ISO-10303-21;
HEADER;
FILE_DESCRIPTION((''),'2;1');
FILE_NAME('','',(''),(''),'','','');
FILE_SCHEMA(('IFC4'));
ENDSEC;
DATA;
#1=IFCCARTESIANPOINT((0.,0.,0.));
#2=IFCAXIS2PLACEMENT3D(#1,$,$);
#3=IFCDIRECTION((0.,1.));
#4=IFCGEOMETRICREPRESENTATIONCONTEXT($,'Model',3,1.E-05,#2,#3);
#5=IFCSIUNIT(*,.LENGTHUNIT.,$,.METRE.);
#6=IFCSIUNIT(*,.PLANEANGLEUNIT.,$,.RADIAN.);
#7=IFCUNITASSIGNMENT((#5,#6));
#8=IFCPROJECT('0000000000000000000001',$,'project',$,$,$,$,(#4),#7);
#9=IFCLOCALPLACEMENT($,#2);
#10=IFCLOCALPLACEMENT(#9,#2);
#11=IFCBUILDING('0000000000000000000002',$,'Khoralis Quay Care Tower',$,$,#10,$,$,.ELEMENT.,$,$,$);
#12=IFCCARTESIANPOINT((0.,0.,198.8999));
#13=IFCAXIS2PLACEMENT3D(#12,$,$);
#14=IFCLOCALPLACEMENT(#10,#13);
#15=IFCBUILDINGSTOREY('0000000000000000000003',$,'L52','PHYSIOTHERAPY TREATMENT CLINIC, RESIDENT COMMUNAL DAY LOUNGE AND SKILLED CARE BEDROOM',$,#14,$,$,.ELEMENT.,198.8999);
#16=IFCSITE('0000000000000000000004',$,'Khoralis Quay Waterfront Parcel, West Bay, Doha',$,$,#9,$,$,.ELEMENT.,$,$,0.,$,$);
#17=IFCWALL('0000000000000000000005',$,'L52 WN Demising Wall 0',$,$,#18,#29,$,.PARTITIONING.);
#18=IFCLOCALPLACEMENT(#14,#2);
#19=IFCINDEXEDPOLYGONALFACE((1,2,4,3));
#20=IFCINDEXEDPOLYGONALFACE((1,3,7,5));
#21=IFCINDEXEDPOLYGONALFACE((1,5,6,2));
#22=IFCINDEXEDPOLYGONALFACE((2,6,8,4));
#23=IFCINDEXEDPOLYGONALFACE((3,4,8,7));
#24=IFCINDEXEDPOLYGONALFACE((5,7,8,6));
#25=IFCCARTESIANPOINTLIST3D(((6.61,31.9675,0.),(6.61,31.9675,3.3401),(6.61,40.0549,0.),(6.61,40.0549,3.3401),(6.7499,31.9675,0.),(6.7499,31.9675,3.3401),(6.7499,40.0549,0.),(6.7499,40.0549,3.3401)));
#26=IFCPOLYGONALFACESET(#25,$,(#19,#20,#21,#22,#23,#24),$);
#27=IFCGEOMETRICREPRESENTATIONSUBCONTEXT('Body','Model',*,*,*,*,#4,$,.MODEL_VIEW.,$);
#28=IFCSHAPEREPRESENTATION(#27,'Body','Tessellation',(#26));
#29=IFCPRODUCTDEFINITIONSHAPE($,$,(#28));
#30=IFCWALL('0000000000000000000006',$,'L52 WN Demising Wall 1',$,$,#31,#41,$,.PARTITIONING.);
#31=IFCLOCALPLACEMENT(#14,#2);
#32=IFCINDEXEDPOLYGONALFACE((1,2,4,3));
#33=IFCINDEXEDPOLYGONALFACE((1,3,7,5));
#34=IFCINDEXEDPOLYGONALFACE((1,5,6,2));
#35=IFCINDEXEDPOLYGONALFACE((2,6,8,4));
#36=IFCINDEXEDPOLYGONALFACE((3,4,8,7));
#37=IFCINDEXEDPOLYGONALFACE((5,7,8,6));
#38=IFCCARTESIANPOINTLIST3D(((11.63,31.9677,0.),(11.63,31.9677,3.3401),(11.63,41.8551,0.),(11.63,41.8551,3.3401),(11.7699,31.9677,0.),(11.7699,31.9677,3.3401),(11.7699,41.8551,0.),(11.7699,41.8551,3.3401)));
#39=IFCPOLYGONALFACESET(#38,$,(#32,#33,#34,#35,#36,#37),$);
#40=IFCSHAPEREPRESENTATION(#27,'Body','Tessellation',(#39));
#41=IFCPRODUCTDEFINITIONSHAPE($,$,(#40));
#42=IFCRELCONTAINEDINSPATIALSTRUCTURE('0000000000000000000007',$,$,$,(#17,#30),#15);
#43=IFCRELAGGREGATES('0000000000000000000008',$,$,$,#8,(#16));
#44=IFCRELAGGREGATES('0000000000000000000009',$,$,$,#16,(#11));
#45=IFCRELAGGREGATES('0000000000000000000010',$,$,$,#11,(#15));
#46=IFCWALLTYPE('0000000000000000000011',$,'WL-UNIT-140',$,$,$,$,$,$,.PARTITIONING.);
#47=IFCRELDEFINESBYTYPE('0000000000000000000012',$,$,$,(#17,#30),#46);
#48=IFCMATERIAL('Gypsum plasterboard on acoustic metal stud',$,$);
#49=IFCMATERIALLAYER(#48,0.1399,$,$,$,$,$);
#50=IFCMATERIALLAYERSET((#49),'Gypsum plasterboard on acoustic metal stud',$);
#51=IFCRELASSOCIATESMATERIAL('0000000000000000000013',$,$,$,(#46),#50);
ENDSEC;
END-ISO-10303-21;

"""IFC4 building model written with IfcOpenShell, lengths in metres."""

from ifc_helpers import new_model, si_unit, direction, frame, frame_2d, origin, place, context, subcontext, project, spatial, rectangle, extrude, material, layer, layer_set, type_object, element, save


model = new_model("IFC4")

# Units and contexts
model_context = context("Model", 3, precision=1e-05, world=origin(), true_north=direction((0.0, 1.0)))
body_context = subcontext(model_context, "Body", "Model", "MODEL_VIEW")
ifc_project = project(units=[si_unit("LENGTHUNIT", "METRE"), si_unit("PLANEANGLEUNIT", "RADIAN")], contexts=[model_context])

# Site, building, storey
site_placement = place(None, origin())
site = spatial("IfcSite", under=ifc_project, at=site_placement, Name="Khoralis Quay Waterfront Parcel, West Bay, Doha", CompositionType="ELEMENT", RefElevation=0.0)
building_placement = place(site_placement, origin())
building = spatial("IfcBuilding", under=site, at=building_placement, Name="Khoralis Quay Care Tower", CompositionType="ELEMENT")
storey_placement = place(building_placement, frame((0.0, 0.0, 198.8999)))
storey = spatial("IfcBuildingStorey", under=building, at=storey_placement, Name="L52", Description="PHYSIOTHERAPY TREATMENT CLINIC, RESIDENT COMMUNAL DAY LOUNGE AND SKILLED CARE BEDROOM", CompositionType="ELEMENT", Elevation=198.8999)

# Shared definitions
ifc_material_1 = material(Name="Gypsum plasterboard on acoustic metal stud")

# Walls
ifc_layer_1 = layer(ifc_material_1, 0.1399)
ifc_layer_set_1 = layer_set([ifc_layer_1], Name="Gypsum plasterboard on acoustic metal stud")
wall_type_1 = type_object("IfcWallType", Name="WL-UNIT-140", PredefinedType="PARTITIONING", material=ifc_layer_set_1)
wall_1_placement = place(storey_placement, frame((6.6799, 31.9675, 0.0), z_axis=(0.0, 0.0, 1.0), x_axis=(0.0, 1.0, 0.0)))
element("IfcWall", 1, at=wall_1_placement, inside=storey, type_object=wall_type_1, Name="L52 WN Demising Wall 0", PredefinedType="PARTITIONING", context=body_context, shape_type="SweptSolid", body=[
    extrude(rectangle(XDim=8.0874, YDim=0.1399, at=frame_2d((4.0437, 0.0))), origin(), (0.0, 0.0, 1.0), 3.3401),
])
wall_2_placement = place(storey_placement, frame((11.7, 31.9675, 0.0), z_axis=(0.0, 0.0, 1.0), x_axis=(0.0, 1.0, 0.0)))
element("IfcWall", 2, at=wall_2_placement, inside=storey, type_object=wall_type_1, Name="L52 WN Demising Wall 1", PredefinedType="PARTITIONING", context=body_context, shape_type="SweptSolid", body=[
    extrude(rectangle(XDim=9.8875, YDim=0.1399, at=frame_2d((4.9438, 0.0))), origin(), (0.0, 0.0, 1.0), 3.3401),
])

save(model, "model.ifc")
